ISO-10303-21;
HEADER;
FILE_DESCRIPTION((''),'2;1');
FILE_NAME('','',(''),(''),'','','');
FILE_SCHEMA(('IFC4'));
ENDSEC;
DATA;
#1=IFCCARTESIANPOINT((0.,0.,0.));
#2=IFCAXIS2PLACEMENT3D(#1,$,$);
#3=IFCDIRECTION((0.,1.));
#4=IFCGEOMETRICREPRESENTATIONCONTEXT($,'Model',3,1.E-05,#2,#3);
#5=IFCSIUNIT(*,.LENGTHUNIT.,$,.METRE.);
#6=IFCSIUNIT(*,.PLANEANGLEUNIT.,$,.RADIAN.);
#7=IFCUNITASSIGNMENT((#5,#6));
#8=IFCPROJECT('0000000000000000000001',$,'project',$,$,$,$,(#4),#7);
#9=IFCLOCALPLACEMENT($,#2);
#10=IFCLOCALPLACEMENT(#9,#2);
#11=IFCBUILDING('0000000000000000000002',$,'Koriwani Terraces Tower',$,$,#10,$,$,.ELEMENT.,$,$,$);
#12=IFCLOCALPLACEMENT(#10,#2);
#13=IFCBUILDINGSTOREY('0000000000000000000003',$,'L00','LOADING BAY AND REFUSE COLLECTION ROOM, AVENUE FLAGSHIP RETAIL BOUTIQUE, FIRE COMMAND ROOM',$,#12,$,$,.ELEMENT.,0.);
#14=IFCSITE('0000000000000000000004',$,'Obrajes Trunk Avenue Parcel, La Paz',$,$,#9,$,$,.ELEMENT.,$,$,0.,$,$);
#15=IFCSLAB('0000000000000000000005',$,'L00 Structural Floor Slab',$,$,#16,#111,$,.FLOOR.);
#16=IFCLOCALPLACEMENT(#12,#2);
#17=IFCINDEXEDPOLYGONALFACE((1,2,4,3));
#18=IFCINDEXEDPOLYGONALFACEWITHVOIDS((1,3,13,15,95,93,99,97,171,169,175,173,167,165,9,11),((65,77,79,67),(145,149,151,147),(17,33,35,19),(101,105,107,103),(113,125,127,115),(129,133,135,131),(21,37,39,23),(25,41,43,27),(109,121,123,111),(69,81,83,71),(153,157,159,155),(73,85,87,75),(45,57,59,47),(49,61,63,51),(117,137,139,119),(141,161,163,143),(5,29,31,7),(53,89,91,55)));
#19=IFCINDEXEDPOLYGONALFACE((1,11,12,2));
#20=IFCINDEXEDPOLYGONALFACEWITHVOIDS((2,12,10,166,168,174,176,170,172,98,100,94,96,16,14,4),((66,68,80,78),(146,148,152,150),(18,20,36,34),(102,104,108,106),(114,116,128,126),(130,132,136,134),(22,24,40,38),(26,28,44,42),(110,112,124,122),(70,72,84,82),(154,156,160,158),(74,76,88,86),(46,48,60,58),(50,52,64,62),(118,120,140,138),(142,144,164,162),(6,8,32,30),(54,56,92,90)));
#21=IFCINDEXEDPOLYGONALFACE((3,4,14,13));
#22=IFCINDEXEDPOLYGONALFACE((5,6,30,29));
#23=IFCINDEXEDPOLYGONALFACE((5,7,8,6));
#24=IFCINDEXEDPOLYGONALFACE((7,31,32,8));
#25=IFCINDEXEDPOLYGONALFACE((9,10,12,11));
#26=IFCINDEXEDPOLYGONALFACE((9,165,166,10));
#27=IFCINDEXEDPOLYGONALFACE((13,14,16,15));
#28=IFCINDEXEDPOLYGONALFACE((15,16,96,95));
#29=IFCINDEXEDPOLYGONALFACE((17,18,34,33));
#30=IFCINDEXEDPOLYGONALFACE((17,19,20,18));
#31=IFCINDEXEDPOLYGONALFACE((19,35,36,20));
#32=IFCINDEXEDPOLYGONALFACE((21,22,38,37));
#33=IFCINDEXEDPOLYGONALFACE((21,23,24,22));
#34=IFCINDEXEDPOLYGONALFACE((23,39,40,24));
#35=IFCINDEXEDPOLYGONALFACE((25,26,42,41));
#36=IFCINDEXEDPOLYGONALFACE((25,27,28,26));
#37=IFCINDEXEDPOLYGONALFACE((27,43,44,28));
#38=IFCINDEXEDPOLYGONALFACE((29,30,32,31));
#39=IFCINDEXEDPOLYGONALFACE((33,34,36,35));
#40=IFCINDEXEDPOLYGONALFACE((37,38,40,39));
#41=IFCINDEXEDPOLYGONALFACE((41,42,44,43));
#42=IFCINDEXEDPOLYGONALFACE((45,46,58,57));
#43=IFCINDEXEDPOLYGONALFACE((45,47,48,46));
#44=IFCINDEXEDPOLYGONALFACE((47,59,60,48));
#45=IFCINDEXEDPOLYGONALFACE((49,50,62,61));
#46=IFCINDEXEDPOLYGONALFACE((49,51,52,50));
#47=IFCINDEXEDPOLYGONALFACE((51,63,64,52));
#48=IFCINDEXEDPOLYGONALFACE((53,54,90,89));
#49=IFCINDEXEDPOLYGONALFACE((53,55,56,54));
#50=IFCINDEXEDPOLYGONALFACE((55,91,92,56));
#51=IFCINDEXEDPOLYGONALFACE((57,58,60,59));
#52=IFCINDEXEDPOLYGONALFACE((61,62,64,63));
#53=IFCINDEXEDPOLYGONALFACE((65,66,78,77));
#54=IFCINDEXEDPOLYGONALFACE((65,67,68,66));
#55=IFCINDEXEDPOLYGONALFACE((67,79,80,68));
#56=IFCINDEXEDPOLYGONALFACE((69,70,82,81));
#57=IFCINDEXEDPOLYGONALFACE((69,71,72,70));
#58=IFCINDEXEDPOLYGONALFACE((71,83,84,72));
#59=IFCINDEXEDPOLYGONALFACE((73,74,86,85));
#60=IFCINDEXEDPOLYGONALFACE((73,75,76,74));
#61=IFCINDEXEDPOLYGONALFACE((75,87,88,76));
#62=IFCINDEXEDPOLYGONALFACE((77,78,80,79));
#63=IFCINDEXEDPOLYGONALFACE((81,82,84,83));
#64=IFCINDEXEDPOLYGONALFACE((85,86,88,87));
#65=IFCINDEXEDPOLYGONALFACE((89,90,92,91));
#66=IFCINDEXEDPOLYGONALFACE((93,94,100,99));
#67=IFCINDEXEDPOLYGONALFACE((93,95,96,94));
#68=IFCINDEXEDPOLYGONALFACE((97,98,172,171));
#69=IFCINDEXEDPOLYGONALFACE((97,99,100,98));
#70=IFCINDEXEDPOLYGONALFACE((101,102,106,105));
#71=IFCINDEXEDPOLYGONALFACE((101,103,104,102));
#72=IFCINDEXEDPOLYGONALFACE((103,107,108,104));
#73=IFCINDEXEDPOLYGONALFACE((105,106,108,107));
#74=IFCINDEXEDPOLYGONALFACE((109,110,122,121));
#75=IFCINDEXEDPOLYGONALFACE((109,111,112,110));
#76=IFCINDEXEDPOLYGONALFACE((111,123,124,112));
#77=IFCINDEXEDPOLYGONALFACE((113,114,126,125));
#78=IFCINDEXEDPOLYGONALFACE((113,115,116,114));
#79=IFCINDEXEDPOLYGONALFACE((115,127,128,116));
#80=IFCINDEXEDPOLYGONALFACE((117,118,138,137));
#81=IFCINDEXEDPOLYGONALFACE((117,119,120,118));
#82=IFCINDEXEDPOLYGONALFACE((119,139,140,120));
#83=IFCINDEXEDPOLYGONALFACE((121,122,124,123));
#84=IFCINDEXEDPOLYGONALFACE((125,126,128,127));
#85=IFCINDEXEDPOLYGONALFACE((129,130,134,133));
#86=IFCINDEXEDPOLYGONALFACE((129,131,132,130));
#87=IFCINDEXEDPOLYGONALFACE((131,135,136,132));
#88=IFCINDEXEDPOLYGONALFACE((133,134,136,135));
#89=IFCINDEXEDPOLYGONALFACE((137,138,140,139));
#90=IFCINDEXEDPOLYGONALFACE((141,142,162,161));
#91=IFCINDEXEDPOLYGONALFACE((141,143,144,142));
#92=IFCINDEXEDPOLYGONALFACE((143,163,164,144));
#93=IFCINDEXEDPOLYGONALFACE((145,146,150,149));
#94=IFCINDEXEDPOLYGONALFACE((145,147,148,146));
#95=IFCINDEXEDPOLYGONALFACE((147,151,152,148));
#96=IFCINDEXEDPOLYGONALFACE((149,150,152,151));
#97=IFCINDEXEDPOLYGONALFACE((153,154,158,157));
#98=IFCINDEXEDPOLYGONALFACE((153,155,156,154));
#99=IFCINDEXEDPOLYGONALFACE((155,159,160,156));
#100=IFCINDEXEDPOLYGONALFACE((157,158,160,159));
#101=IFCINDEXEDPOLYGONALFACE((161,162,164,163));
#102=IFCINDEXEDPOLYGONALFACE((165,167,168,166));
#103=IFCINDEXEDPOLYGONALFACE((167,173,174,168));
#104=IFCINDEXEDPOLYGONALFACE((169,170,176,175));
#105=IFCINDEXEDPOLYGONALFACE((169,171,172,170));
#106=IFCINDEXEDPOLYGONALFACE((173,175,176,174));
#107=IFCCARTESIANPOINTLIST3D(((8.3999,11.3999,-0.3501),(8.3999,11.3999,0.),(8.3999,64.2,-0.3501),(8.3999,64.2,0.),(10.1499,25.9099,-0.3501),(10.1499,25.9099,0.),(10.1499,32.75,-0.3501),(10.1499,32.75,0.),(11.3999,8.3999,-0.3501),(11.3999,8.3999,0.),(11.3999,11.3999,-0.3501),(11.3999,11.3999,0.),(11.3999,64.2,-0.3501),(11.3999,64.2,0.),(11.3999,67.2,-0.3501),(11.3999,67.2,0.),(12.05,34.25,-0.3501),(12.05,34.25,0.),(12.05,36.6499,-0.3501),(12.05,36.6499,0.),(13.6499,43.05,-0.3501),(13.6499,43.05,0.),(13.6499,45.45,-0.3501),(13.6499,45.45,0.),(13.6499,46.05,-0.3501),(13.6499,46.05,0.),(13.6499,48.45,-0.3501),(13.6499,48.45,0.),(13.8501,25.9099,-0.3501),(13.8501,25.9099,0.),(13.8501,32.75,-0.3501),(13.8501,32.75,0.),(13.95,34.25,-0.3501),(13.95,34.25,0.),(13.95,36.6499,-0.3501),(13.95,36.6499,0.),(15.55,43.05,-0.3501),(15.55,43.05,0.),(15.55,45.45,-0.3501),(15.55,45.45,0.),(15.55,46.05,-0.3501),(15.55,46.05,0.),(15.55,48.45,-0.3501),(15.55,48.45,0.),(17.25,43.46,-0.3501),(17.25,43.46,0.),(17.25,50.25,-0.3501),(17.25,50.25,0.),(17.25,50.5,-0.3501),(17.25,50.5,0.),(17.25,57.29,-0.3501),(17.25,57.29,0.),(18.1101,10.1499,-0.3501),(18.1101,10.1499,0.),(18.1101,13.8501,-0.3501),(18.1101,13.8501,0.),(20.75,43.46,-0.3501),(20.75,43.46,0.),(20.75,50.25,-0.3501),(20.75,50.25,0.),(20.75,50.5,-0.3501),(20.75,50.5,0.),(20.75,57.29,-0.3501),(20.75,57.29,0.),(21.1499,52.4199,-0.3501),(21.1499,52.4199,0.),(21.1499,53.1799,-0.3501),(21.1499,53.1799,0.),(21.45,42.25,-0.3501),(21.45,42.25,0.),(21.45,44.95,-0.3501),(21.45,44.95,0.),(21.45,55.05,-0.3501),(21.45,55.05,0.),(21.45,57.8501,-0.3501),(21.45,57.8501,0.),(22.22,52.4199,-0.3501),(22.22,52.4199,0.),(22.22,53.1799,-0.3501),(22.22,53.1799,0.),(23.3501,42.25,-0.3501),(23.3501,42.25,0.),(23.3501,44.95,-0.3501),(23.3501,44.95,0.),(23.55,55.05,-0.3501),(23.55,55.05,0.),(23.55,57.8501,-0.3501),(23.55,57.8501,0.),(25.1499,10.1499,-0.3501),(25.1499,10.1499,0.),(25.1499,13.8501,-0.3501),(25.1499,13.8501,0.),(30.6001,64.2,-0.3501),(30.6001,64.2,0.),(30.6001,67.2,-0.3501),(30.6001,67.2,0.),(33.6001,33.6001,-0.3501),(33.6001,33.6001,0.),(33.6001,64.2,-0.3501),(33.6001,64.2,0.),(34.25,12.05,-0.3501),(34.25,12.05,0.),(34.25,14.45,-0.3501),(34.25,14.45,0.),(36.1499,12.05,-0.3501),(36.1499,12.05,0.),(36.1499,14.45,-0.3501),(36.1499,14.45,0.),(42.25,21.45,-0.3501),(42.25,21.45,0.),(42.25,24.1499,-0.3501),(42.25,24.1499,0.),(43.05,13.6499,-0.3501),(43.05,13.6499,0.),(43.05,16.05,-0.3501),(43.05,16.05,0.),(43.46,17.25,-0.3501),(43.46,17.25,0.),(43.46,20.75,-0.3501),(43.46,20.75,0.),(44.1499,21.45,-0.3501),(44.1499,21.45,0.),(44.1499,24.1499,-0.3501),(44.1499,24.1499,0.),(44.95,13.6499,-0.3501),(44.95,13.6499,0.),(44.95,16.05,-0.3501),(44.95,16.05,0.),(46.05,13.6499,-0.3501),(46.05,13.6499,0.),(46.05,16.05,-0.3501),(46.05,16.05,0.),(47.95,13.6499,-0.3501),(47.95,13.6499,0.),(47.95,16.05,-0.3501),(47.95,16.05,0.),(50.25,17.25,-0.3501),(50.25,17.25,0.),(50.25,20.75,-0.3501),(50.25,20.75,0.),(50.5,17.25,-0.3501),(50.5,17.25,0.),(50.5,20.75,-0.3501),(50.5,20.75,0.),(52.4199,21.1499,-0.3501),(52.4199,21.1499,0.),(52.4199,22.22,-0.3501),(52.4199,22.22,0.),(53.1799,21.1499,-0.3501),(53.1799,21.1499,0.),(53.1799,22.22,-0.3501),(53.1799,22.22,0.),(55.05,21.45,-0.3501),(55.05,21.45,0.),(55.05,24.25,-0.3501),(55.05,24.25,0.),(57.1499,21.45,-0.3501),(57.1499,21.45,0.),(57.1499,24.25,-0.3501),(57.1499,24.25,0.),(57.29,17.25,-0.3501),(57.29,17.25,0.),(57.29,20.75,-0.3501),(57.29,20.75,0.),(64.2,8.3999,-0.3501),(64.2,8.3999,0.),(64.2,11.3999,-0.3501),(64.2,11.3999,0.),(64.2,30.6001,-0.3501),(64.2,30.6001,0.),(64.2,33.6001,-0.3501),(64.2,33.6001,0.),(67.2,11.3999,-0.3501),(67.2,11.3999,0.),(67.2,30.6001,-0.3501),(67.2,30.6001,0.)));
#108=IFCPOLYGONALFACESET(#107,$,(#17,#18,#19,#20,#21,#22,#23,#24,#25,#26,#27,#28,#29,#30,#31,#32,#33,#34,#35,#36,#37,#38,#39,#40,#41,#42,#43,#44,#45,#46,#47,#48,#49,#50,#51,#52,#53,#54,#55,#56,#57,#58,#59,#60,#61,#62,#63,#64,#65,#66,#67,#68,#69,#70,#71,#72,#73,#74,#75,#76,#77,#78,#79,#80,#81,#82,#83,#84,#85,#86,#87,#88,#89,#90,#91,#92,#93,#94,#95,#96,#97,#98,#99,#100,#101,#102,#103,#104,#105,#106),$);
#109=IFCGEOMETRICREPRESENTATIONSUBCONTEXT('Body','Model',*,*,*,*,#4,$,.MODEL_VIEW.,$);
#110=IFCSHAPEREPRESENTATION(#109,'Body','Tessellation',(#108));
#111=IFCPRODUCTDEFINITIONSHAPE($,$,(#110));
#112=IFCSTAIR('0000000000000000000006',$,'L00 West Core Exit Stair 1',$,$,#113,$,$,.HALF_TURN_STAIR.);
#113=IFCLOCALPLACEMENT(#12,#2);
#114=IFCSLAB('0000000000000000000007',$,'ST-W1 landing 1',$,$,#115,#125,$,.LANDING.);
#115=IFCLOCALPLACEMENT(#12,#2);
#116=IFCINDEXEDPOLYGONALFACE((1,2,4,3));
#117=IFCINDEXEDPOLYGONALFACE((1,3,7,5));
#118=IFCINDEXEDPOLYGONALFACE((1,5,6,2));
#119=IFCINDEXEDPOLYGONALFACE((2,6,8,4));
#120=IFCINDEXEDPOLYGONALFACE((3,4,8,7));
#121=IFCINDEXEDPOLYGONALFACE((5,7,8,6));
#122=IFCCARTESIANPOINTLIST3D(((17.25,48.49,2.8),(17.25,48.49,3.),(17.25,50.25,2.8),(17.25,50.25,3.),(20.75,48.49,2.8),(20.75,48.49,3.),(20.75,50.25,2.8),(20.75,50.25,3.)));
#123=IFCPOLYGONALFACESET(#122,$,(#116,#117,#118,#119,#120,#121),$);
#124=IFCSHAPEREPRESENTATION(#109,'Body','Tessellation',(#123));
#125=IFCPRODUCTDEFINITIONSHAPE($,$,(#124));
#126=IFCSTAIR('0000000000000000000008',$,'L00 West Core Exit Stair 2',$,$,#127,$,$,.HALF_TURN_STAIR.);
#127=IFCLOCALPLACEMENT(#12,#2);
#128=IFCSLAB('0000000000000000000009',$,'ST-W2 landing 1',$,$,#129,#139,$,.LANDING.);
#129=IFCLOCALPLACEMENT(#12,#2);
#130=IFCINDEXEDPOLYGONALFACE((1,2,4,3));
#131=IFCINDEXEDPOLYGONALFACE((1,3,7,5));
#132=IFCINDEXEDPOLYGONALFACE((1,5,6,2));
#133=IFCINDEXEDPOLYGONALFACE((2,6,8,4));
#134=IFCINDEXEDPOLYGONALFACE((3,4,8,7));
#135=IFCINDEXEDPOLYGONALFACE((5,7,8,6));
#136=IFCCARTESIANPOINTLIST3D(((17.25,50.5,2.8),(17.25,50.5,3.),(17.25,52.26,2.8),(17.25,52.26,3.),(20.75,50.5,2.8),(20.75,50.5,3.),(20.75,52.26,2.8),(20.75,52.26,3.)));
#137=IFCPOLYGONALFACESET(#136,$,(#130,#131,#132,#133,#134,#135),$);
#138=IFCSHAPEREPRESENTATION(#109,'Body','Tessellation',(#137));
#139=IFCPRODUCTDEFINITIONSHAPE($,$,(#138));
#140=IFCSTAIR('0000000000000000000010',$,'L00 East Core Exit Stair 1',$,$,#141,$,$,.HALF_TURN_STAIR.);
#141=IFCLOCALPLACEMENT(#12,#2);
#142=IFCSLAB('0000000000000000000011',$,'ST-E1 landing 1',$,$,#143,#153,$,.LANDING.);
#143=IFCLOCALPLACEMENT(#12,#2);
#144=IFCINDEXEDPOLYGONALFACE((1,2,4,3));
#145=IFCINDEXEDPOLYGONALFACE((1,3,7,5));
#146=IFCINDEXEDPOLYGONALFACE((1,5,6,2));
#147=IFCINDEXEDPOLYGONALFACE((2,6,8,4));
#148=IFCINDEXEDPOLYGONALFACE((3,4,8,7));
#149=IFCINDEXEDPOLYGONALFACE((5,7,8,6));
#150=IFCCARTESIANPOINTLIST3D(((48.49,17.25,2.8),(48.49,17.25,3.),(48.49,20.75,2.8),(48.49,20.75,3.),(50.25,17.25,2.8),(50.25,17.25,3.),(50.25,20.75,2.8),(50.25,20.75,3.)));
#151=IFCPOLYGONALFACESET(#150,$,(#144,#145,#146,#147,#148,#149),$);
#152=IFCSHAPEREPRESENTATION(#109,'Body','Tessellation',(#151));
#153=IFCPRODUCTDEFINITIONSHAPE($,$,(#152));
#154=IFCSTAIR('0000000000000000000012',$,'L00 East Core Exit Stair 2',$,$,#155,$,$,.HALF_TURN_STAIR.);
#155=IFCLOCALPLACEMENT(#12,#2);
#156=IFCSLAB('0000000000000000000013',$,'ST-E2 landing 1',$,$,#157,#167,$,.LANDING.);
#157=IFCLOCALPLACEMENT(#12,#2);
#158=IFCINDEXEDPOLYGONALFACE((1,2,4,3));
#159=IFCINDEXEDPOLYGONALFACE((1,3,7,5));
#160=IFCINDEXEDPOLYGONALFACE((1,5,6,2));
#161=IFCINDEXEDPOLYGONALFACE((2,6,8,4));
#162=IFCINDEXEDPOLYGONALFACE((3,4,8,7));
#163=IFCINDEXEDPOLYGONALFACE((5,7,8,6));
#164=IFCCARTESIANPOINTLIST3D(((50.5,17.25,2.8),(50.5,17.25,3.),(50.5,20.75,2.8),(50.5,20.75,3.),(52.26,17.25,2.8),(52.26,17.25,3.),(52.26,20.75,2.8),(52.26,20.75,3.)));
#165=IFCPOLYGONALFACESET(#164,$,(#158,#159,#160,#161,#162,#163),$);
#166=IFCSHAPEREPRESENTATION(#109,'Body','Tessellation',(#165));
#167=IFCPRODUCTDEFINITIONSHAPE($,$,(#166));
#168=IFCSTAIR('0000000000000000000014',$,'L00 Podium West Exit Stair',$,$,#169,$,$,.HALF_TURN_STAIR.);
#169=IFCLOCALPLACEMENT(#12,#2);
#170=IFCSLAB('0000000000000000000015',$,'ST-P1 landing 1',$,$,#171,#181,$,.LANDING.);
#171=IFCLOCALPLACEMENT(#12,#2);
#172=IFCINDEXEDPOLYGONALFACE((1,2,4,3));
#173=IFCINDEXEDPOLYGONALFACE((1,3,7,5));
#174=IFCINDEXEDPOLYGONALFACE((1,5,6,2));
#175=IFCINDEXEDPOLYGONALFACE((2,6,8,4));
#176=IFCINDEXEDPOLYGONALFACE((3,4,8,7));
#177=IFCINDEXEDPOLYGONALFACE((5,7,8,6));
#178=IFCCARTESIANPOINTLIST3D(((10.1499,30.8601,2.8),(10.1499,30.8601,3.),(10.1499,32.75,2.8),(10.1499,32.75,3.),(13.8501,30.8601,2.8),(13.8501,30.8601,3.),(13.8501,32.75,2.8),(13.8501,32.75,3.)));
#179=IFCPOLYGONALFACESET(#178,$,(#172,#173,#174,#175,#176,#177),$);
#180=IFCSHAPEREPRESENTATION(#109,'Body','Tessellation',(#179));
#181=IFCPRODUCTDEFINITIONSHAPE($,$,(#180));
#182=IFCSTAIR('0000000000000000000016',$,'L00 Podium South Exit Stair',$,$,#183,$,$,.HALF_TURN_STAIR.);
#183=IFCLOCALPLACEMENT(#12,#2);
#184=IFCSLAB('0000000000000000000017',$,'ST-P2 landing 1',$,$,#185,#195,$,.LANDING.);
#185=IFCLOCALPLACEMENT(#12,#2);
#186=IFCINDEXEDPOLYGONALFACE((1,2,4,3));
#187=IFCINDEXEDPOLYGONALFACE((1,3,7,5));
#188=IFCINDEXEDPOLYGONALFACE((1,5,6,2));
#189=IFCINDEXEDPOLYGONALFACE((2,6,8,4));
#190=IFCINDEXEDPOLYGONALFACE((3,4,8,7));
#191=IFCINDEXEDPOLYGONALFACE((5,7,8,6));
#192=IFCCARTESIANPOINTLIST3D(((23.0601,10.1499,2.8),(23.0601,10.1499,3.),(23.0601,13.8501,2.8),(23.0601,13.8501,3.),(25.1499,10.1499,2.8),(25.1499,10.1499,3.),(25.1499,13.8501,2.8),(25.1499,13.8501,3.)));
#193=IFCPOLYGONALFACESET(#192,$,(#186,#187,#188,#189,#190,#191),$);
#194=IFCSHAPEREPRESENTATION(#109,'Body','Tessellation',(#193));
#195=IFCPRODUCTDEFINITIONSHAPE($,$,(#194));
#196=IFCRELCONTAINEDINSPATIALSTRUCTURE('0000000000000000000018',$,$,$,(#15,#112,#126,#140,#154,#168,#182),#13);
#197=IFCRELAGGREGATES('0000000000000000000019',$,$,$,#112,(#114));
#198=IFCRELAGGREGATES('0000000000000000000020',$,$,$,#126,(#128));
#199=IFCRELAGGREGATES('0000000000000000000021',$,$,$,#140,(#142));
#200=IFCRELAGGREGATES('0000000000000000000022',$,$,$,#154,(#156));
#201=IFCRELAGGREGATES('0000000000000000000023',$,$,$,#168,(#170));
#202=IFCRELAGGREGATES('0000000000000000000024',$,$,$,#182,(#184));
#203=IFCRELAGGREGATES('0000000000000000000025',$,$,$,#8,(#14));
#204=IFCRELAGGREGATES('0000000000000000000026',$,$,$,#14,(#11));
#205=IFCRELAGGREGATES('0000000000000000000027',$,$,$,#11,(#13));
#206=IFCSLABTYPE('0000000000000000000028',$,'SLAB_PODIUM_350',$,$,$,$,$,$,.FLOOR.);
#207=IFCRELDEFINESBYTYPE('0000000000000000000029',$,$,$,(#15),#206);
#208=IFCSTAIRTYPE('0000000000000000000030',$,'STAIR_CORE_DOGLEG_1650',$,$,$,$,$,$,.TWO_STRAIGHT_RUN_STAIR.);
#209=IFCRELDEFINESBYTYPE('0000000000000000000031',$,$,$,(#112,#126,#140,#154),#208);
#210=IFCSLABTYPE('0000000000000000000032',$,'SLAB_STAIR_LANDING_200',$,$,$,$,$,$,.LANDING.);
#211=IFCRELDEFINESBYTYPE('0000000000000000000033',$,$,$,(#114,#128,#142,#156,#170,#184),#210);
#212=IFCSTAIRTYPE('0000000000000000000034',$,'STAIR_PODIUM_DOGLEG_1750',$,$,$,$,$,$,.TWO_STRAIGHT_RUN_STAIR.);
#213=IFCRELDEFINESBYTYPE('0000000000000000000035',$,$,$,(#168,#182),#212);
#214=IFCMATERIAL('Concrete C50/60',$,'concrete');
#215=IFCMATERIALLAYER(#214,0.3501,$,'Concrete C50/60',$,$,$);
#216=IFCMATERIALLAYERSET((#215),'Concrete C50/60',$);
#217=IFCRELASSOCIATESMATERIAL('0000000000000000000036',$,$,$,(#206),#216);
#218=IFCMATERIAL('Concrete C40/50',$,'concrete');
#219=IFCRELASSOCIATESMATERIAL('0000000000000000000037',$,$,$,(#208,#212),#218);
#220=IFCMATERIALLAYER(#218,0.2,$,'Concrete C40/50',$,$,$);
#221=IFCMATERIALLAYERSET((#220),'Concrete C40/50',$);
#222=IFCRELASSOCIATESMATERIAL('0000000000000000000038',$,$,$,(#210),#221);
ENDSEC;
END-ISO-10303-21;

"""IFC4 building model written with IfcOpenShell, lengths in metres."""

from ifc_helpers import new_model, si_unit, direction, frame, origin, place, context, subcontext, project, spatial, polyline, outline, extrude, material, layer, layer_set, type_object, element, aggregate, save


model = new_model("IFC4")

# Units and contexts
model_context = context("Model", 3, precision=1e-05, world=origin(), true_north=direction((0.0, 1.0)))
body_context = subcontext(model_context, "Body", "Model", "MODEL_VIEW")
ifc_project = project(units=[si_unit("LENGTHUNIT", "METRE"), si_unit("PLANEANGLEUNIT", "RADIAN")], contexts=[model_context])

# Site, building, storey
site_placement = place(None, origin())
site = spatial("IfcSite", under=ifc_project, at=site_placement, Name="Obrajes Trunk Avenue Parcel, La Paz", CompositionType="ELEMENT", RefElevation=0.0)
building_placement = place(site_placement, origin())
building = spatial("IfcBuilding", under=site, at=building_placement, Name="Koriwani Terraces Tower", CompositionType="ELEMENT")
storey_placement = place(building_placement, origin())
storey = spatial("IfcBuildingStorey", under=building, at=storey_placement, Name="L00", Description="LOADING BAY AND REFUSE COLLECTION ROOM, AVENUE FLAGSHIP RETAIL BOUTIQUE, FIRE COMMAND ROOM", CompositionType="ELEMENT", Elevation=0.0)

# Slab
ifc_material_1 = material(Name="Concrete C50/60", Category="concrete")
ifc_material_2 = material(Name="Concrete C40/50", Category="concrete")
ifc_layer_1 = layer(ifc_material_1, 0.3501, Name="Concrete C50/60")
ifc_layer_set_1 = layer_set([ifc_layer_1], Name="Concrete C50/60")
slab_type_1 = type_object("IfcSlabType", Name="SLAB_PODIUM_350", PredefinedType="FLOOR", material=ifc_layer_set_1)
slab_1_placement = place(storey_placement, frame((0.0, 0.0, -0.3501)))
element("IfcSlab", 1, at=slab_1_placement, inside=storey, type_object=slab_type_1, Name="L00 Structural Floor Slab", PredefinedType="FLOOR", context=body_context, shape_type="SweptSolid", body=[
    extrude(outline(polyline([(11.3999, 8.3999), (64.2, 8.3999), (64.2, 11.3999), (67.2, 11.3999), (67.2, 30.6001), (64.2, 30.6001), (64.2, 33.6001), (33.6001, 33.6001), (33.6001, 64.2), (30.6001, 64.2), (30.6001, 67.2), (11.3999, 67.2), (11.3999, 64.2), (8.3999, 64.2), (8.3999, 11.3999), (11.3999, 11.3999), (11.3999, 8.3999)]), holes=[polyline([(17.25, 43.46), (20.75, 43.46), (20.75, 50.25), (17.25, 50.25), (17.25, 43.46)]), polyline([(17.25, 50.5), (20.75, 50.5), (20.75, 57.29), (17.25, 57.29), (17.25, 50.5)]), polyline([(43.46, 17.25), (50.25, 17.25), (50.25, 20.75), (43.46, 20.75), (43.46, 17.25)]), polyline([(50.5, 17.25), (57.29, 17.25), (57.29, 20.75), (50.5, 20.75), (50.5, 17.25)]), polyline([(10.1499, 25.9099), (13.8501, 25.9099), (13.8501, 32.75), (10.1499, 32.75), (10.1499, 25.9099)]), polyline([(18.1101, 10.1499), (25.1499, 10.1499), (25.1499, 13.8501), (18.1101, 13.8501), (18.1101, 10.1499)]), polyline([(12.05, 34.25), (13.95, 34.25), (13.95, 36.6499), (12.05, 36.6499), (12.05, 34.25)]), polyline([(34.25, 12.05), (36.1499, 12.05), (36.1499, 14.45), (34.25, 14.45), (34.25, 12.05)]), polyline([(13.6499, 43.05), (15.55, 43.05), (15.55, 45.45), (13.6499, 45.45), (13.6499, 43.05)]), polyline([(13.6499, 46.05), (15.55, 46.05), (15.55, 48.45), (13.6499, 48.45), (13.6499, 46.05)]), polyline([(43.05, 13.6499), (44.95, 13.6499), (44.95, 16.05), (43.05, 16.05), (43.05, 13.6499)]), polyline([(46.05, 13.6499), (47.95, 13.6499), (47.95, 16.05), (46.05, 16.05), (46.05, 13.6499)]), polyline([(21.45, 55.05), (23.55, 55.05), (23.55, 57.8501), (21.45, 57.8501), (21.45, 55.05)]), polyline([(55.05, 21.45), (57.1499, 21.45), (57.1499, 24.25), (55.05, 24.25), (55.05, 21.45)]), polyline([(21.45, 42.25), (23.3501, 42.25), (23.3501, 44.95), (21.45, 44.95), (21.45, 42.25)]), polyline([(42.25, 21.45), (44.1499, 21.45), (44.1499, 24.1499), (42.25, 24.1499), (42.25, 21.45)]), polyline([(21.1499, 52.4199), (22.22, 52.4199), (22.22, 53.1799), (21.1499, 53.1799), (21.1499, 52.4199)]), polyline([(52.4199, 21.1499), (53.1799, 21.1499), (53.1799, 22.22), (52.4199, 22.22), (52.4199, 21.1499)])]), origin(), (0.0, 0.0, 1.0), 0.3501),
])

# Stairs, slabs
stair_type_1 = type_object("IfcStairType", Name="STAIR_CORE_DOGLEG_1650", PredefinedType="TWO_STRAIGHT_RUN_STAIR", material=ifc_material_2)
stair_1_placement = place(storey_placement, origin())
stair_1 = element("IfcStair", 2, at=stair_1_placement, inside=storey, type_object=stair_type_1, Name="L00 West Core Exit Stair 1", PredefinedType="HALF_TURN_STAIR")
ifc_layer_2 = layer(ifc_material_2, 0.2, Name="Concrete C40/50")
ifc_layer_set_2 = layer_set([ifc_layer_2], Name="Concrete C40/50")
slab_type_2 = type_object("IfcSlabType", Name="SLAB_STAIR_LANDING_200", PredefinedType="LANDING", material=ifc_layer_set_2)
slab_2_placement = place(storey_placement, frame((0.0, 0.0, 2.8)))
slab_2 = element("IfcSlab", 3, at=slab_2_placement, type_object=slab_type_2, Name="ST-W1 landing 1", PredefinedType="LANDING", context=body_context, shape_type="SweptSolid", body=[
    extrude(outline(polyline([(20.75, 48.49), (20.75, 50.25), (17.25, 50.25), (17.25, 48.49), (20.75, 48.49)])), origin(), (0.0, 0.0, 1.0), 0.2),
])
aggregate(stair_1, [slab_2])
stair_2_placement = place(storey_placement, origin())
stair_2 = element("IfcStair", 4, at=stair_2_placement, inside=storey, type_object=stair_type_1, Name="L00 West Core Exit Stair 2", PredefinedType="HALF_TURN_STAIR")
slab_3_placement = place(storey_placement, frame((0.0, 0.0, 2.8)))
slab_3 = element("IfcSlab", 5, at=slab_3_placement, type_object=slab_type_2, Name="ST-W2 landing 1", PredefinedType="LANDING", context=body_context, shape_type="SweptSolid", body=[
    extrude(outline(polyline([(17.25, 52.26), (17.25, 50.5), (20.75, 50.5), (20.75, 52.26), (17.25, 52.26)])), origin(), (0.0, 0.0, 1.0), 0.2),
])
aggregate(stair_2, [slab_3])
stair_3_placement = place(storey_placement, origin())
stair_3 = element("IfcStair", 6, at=stair_3_placement, inside=storey, type_object=stair_type_1, Name="L00 East Core Exit Stair 1", PredefinedType="HALF_TURN_STAIR")
slab_4_placement = place(storey_placement, frame((0.0, 0.0, 2.8)))
slab_4 = element("IfcSlab", 7, at=slab_4_placement, type_object=slab_type_2, Name="ST-E1 landing 1", PredefinedType="LANDING", context=body_context, shape_type="SweptSolid", body=[
    extrude(outline(polyline([(48.49, 17.25), (50.25, 17.25), (50.25, 20.75), (48.49, 20.75), (48.49, 17.25)])), origin(), (0.0, 0.0, 1.0), 0.2),
])
aggregate(stair_3, [slab_4])
stair_4_placement = place(storey_placement, origin())
stair_4 = element("IfcStair", 8, at=stair_4_placement, inside=storey, type_object=stair_type_1, Name="L00 East Core Exit Stair 2", PredefinedType="HALF_TURN_STAIR")
slab_5_placement = place(storey_placement, frame((0.0, 0.0, 2.8)))
slab_5 = element("IfcSlab", 9, at=slab_5_placement, type_object=slab_type_2, Name="ST-E2 landing 1", PredefinedType="LANDING", context=body_context, shape_type="SweptSolid", body=[
    extrude(outline(polyline([(52.26, 20.75), (50.5, 20.75), (50.5, 17.25), (52.26, 17.25), (52.26, 20.75)])), origin(), (0.0, 0.0, 1.0), 0.2),
])
aggregate(stair_4, [slab_5])
stair_type_2 = type_object("IfcStairType", Name="STAIR_PODIUM_DOGLEG_1750", PredefinedType="TWO_STRAIGHT_RUN_STAIR", material=ifc_material_2)
stair_5_placement = place(storey_placement, origin())
stair_5 = element("IfcStair", 10, at=stair_5_placement, inside=storey, type_object=stair_type_2, Name="L00 Podium West Exit Stair", PredefinedType="HALF_TURN_STAIR")
slab_6_placement = place(storey_placement, frame((0.0, 0.0, 2.8)))
slab_6 = element("IfcSlab", 11, at=slab_6_placement, type_object=slab_type_2, Name="ST-P1 landing 1", PredefinedType="LANDING", context=body_context, shape_type="SweptSolid", body=[
    extrude(outline(polyline([(13.8501, 30.8601), (13.8501, 32.75), (10.1499, 32.75), (10.1499, 30.8601), (13.8501, 30.8601)])), origin(), (0.0, 0.0, 1.0), 0.2),
])
aggregate(stair_5, [slab_6])
stair_6_placement = place(storey_placement, origin())
stair_6 = element("IfcStair", 12, at=stair_6_placement, inside=storey, type_object=stair_type_2, Name="L00 Podium South Exit Stair", PredefinedType="HALF_TURN_STAIR")
slab_7_placement = place(storey_placement, frame((0.0, 0.0, 2.8)))
slab_7 = element("IfcSlab", 13, at=slab_7_placement, type_object=slab_type_2, Name="ST-P2 landing 1", PredefinedType="LANDING", context=body_context, shape_type="SweptSolid", body=[
    extrude(outline(polyline([(23.0601, 10.1499), (25.1499, 10.1499), (25.1499, 13.8501), (23.0601, 13.8501), (23.0601, 10.1499)])), origin(), (0.0, 0.0, 1.0), 0.2),
])
aggregate(stair_6, [slab_7])

save(model, "model.ifc")
